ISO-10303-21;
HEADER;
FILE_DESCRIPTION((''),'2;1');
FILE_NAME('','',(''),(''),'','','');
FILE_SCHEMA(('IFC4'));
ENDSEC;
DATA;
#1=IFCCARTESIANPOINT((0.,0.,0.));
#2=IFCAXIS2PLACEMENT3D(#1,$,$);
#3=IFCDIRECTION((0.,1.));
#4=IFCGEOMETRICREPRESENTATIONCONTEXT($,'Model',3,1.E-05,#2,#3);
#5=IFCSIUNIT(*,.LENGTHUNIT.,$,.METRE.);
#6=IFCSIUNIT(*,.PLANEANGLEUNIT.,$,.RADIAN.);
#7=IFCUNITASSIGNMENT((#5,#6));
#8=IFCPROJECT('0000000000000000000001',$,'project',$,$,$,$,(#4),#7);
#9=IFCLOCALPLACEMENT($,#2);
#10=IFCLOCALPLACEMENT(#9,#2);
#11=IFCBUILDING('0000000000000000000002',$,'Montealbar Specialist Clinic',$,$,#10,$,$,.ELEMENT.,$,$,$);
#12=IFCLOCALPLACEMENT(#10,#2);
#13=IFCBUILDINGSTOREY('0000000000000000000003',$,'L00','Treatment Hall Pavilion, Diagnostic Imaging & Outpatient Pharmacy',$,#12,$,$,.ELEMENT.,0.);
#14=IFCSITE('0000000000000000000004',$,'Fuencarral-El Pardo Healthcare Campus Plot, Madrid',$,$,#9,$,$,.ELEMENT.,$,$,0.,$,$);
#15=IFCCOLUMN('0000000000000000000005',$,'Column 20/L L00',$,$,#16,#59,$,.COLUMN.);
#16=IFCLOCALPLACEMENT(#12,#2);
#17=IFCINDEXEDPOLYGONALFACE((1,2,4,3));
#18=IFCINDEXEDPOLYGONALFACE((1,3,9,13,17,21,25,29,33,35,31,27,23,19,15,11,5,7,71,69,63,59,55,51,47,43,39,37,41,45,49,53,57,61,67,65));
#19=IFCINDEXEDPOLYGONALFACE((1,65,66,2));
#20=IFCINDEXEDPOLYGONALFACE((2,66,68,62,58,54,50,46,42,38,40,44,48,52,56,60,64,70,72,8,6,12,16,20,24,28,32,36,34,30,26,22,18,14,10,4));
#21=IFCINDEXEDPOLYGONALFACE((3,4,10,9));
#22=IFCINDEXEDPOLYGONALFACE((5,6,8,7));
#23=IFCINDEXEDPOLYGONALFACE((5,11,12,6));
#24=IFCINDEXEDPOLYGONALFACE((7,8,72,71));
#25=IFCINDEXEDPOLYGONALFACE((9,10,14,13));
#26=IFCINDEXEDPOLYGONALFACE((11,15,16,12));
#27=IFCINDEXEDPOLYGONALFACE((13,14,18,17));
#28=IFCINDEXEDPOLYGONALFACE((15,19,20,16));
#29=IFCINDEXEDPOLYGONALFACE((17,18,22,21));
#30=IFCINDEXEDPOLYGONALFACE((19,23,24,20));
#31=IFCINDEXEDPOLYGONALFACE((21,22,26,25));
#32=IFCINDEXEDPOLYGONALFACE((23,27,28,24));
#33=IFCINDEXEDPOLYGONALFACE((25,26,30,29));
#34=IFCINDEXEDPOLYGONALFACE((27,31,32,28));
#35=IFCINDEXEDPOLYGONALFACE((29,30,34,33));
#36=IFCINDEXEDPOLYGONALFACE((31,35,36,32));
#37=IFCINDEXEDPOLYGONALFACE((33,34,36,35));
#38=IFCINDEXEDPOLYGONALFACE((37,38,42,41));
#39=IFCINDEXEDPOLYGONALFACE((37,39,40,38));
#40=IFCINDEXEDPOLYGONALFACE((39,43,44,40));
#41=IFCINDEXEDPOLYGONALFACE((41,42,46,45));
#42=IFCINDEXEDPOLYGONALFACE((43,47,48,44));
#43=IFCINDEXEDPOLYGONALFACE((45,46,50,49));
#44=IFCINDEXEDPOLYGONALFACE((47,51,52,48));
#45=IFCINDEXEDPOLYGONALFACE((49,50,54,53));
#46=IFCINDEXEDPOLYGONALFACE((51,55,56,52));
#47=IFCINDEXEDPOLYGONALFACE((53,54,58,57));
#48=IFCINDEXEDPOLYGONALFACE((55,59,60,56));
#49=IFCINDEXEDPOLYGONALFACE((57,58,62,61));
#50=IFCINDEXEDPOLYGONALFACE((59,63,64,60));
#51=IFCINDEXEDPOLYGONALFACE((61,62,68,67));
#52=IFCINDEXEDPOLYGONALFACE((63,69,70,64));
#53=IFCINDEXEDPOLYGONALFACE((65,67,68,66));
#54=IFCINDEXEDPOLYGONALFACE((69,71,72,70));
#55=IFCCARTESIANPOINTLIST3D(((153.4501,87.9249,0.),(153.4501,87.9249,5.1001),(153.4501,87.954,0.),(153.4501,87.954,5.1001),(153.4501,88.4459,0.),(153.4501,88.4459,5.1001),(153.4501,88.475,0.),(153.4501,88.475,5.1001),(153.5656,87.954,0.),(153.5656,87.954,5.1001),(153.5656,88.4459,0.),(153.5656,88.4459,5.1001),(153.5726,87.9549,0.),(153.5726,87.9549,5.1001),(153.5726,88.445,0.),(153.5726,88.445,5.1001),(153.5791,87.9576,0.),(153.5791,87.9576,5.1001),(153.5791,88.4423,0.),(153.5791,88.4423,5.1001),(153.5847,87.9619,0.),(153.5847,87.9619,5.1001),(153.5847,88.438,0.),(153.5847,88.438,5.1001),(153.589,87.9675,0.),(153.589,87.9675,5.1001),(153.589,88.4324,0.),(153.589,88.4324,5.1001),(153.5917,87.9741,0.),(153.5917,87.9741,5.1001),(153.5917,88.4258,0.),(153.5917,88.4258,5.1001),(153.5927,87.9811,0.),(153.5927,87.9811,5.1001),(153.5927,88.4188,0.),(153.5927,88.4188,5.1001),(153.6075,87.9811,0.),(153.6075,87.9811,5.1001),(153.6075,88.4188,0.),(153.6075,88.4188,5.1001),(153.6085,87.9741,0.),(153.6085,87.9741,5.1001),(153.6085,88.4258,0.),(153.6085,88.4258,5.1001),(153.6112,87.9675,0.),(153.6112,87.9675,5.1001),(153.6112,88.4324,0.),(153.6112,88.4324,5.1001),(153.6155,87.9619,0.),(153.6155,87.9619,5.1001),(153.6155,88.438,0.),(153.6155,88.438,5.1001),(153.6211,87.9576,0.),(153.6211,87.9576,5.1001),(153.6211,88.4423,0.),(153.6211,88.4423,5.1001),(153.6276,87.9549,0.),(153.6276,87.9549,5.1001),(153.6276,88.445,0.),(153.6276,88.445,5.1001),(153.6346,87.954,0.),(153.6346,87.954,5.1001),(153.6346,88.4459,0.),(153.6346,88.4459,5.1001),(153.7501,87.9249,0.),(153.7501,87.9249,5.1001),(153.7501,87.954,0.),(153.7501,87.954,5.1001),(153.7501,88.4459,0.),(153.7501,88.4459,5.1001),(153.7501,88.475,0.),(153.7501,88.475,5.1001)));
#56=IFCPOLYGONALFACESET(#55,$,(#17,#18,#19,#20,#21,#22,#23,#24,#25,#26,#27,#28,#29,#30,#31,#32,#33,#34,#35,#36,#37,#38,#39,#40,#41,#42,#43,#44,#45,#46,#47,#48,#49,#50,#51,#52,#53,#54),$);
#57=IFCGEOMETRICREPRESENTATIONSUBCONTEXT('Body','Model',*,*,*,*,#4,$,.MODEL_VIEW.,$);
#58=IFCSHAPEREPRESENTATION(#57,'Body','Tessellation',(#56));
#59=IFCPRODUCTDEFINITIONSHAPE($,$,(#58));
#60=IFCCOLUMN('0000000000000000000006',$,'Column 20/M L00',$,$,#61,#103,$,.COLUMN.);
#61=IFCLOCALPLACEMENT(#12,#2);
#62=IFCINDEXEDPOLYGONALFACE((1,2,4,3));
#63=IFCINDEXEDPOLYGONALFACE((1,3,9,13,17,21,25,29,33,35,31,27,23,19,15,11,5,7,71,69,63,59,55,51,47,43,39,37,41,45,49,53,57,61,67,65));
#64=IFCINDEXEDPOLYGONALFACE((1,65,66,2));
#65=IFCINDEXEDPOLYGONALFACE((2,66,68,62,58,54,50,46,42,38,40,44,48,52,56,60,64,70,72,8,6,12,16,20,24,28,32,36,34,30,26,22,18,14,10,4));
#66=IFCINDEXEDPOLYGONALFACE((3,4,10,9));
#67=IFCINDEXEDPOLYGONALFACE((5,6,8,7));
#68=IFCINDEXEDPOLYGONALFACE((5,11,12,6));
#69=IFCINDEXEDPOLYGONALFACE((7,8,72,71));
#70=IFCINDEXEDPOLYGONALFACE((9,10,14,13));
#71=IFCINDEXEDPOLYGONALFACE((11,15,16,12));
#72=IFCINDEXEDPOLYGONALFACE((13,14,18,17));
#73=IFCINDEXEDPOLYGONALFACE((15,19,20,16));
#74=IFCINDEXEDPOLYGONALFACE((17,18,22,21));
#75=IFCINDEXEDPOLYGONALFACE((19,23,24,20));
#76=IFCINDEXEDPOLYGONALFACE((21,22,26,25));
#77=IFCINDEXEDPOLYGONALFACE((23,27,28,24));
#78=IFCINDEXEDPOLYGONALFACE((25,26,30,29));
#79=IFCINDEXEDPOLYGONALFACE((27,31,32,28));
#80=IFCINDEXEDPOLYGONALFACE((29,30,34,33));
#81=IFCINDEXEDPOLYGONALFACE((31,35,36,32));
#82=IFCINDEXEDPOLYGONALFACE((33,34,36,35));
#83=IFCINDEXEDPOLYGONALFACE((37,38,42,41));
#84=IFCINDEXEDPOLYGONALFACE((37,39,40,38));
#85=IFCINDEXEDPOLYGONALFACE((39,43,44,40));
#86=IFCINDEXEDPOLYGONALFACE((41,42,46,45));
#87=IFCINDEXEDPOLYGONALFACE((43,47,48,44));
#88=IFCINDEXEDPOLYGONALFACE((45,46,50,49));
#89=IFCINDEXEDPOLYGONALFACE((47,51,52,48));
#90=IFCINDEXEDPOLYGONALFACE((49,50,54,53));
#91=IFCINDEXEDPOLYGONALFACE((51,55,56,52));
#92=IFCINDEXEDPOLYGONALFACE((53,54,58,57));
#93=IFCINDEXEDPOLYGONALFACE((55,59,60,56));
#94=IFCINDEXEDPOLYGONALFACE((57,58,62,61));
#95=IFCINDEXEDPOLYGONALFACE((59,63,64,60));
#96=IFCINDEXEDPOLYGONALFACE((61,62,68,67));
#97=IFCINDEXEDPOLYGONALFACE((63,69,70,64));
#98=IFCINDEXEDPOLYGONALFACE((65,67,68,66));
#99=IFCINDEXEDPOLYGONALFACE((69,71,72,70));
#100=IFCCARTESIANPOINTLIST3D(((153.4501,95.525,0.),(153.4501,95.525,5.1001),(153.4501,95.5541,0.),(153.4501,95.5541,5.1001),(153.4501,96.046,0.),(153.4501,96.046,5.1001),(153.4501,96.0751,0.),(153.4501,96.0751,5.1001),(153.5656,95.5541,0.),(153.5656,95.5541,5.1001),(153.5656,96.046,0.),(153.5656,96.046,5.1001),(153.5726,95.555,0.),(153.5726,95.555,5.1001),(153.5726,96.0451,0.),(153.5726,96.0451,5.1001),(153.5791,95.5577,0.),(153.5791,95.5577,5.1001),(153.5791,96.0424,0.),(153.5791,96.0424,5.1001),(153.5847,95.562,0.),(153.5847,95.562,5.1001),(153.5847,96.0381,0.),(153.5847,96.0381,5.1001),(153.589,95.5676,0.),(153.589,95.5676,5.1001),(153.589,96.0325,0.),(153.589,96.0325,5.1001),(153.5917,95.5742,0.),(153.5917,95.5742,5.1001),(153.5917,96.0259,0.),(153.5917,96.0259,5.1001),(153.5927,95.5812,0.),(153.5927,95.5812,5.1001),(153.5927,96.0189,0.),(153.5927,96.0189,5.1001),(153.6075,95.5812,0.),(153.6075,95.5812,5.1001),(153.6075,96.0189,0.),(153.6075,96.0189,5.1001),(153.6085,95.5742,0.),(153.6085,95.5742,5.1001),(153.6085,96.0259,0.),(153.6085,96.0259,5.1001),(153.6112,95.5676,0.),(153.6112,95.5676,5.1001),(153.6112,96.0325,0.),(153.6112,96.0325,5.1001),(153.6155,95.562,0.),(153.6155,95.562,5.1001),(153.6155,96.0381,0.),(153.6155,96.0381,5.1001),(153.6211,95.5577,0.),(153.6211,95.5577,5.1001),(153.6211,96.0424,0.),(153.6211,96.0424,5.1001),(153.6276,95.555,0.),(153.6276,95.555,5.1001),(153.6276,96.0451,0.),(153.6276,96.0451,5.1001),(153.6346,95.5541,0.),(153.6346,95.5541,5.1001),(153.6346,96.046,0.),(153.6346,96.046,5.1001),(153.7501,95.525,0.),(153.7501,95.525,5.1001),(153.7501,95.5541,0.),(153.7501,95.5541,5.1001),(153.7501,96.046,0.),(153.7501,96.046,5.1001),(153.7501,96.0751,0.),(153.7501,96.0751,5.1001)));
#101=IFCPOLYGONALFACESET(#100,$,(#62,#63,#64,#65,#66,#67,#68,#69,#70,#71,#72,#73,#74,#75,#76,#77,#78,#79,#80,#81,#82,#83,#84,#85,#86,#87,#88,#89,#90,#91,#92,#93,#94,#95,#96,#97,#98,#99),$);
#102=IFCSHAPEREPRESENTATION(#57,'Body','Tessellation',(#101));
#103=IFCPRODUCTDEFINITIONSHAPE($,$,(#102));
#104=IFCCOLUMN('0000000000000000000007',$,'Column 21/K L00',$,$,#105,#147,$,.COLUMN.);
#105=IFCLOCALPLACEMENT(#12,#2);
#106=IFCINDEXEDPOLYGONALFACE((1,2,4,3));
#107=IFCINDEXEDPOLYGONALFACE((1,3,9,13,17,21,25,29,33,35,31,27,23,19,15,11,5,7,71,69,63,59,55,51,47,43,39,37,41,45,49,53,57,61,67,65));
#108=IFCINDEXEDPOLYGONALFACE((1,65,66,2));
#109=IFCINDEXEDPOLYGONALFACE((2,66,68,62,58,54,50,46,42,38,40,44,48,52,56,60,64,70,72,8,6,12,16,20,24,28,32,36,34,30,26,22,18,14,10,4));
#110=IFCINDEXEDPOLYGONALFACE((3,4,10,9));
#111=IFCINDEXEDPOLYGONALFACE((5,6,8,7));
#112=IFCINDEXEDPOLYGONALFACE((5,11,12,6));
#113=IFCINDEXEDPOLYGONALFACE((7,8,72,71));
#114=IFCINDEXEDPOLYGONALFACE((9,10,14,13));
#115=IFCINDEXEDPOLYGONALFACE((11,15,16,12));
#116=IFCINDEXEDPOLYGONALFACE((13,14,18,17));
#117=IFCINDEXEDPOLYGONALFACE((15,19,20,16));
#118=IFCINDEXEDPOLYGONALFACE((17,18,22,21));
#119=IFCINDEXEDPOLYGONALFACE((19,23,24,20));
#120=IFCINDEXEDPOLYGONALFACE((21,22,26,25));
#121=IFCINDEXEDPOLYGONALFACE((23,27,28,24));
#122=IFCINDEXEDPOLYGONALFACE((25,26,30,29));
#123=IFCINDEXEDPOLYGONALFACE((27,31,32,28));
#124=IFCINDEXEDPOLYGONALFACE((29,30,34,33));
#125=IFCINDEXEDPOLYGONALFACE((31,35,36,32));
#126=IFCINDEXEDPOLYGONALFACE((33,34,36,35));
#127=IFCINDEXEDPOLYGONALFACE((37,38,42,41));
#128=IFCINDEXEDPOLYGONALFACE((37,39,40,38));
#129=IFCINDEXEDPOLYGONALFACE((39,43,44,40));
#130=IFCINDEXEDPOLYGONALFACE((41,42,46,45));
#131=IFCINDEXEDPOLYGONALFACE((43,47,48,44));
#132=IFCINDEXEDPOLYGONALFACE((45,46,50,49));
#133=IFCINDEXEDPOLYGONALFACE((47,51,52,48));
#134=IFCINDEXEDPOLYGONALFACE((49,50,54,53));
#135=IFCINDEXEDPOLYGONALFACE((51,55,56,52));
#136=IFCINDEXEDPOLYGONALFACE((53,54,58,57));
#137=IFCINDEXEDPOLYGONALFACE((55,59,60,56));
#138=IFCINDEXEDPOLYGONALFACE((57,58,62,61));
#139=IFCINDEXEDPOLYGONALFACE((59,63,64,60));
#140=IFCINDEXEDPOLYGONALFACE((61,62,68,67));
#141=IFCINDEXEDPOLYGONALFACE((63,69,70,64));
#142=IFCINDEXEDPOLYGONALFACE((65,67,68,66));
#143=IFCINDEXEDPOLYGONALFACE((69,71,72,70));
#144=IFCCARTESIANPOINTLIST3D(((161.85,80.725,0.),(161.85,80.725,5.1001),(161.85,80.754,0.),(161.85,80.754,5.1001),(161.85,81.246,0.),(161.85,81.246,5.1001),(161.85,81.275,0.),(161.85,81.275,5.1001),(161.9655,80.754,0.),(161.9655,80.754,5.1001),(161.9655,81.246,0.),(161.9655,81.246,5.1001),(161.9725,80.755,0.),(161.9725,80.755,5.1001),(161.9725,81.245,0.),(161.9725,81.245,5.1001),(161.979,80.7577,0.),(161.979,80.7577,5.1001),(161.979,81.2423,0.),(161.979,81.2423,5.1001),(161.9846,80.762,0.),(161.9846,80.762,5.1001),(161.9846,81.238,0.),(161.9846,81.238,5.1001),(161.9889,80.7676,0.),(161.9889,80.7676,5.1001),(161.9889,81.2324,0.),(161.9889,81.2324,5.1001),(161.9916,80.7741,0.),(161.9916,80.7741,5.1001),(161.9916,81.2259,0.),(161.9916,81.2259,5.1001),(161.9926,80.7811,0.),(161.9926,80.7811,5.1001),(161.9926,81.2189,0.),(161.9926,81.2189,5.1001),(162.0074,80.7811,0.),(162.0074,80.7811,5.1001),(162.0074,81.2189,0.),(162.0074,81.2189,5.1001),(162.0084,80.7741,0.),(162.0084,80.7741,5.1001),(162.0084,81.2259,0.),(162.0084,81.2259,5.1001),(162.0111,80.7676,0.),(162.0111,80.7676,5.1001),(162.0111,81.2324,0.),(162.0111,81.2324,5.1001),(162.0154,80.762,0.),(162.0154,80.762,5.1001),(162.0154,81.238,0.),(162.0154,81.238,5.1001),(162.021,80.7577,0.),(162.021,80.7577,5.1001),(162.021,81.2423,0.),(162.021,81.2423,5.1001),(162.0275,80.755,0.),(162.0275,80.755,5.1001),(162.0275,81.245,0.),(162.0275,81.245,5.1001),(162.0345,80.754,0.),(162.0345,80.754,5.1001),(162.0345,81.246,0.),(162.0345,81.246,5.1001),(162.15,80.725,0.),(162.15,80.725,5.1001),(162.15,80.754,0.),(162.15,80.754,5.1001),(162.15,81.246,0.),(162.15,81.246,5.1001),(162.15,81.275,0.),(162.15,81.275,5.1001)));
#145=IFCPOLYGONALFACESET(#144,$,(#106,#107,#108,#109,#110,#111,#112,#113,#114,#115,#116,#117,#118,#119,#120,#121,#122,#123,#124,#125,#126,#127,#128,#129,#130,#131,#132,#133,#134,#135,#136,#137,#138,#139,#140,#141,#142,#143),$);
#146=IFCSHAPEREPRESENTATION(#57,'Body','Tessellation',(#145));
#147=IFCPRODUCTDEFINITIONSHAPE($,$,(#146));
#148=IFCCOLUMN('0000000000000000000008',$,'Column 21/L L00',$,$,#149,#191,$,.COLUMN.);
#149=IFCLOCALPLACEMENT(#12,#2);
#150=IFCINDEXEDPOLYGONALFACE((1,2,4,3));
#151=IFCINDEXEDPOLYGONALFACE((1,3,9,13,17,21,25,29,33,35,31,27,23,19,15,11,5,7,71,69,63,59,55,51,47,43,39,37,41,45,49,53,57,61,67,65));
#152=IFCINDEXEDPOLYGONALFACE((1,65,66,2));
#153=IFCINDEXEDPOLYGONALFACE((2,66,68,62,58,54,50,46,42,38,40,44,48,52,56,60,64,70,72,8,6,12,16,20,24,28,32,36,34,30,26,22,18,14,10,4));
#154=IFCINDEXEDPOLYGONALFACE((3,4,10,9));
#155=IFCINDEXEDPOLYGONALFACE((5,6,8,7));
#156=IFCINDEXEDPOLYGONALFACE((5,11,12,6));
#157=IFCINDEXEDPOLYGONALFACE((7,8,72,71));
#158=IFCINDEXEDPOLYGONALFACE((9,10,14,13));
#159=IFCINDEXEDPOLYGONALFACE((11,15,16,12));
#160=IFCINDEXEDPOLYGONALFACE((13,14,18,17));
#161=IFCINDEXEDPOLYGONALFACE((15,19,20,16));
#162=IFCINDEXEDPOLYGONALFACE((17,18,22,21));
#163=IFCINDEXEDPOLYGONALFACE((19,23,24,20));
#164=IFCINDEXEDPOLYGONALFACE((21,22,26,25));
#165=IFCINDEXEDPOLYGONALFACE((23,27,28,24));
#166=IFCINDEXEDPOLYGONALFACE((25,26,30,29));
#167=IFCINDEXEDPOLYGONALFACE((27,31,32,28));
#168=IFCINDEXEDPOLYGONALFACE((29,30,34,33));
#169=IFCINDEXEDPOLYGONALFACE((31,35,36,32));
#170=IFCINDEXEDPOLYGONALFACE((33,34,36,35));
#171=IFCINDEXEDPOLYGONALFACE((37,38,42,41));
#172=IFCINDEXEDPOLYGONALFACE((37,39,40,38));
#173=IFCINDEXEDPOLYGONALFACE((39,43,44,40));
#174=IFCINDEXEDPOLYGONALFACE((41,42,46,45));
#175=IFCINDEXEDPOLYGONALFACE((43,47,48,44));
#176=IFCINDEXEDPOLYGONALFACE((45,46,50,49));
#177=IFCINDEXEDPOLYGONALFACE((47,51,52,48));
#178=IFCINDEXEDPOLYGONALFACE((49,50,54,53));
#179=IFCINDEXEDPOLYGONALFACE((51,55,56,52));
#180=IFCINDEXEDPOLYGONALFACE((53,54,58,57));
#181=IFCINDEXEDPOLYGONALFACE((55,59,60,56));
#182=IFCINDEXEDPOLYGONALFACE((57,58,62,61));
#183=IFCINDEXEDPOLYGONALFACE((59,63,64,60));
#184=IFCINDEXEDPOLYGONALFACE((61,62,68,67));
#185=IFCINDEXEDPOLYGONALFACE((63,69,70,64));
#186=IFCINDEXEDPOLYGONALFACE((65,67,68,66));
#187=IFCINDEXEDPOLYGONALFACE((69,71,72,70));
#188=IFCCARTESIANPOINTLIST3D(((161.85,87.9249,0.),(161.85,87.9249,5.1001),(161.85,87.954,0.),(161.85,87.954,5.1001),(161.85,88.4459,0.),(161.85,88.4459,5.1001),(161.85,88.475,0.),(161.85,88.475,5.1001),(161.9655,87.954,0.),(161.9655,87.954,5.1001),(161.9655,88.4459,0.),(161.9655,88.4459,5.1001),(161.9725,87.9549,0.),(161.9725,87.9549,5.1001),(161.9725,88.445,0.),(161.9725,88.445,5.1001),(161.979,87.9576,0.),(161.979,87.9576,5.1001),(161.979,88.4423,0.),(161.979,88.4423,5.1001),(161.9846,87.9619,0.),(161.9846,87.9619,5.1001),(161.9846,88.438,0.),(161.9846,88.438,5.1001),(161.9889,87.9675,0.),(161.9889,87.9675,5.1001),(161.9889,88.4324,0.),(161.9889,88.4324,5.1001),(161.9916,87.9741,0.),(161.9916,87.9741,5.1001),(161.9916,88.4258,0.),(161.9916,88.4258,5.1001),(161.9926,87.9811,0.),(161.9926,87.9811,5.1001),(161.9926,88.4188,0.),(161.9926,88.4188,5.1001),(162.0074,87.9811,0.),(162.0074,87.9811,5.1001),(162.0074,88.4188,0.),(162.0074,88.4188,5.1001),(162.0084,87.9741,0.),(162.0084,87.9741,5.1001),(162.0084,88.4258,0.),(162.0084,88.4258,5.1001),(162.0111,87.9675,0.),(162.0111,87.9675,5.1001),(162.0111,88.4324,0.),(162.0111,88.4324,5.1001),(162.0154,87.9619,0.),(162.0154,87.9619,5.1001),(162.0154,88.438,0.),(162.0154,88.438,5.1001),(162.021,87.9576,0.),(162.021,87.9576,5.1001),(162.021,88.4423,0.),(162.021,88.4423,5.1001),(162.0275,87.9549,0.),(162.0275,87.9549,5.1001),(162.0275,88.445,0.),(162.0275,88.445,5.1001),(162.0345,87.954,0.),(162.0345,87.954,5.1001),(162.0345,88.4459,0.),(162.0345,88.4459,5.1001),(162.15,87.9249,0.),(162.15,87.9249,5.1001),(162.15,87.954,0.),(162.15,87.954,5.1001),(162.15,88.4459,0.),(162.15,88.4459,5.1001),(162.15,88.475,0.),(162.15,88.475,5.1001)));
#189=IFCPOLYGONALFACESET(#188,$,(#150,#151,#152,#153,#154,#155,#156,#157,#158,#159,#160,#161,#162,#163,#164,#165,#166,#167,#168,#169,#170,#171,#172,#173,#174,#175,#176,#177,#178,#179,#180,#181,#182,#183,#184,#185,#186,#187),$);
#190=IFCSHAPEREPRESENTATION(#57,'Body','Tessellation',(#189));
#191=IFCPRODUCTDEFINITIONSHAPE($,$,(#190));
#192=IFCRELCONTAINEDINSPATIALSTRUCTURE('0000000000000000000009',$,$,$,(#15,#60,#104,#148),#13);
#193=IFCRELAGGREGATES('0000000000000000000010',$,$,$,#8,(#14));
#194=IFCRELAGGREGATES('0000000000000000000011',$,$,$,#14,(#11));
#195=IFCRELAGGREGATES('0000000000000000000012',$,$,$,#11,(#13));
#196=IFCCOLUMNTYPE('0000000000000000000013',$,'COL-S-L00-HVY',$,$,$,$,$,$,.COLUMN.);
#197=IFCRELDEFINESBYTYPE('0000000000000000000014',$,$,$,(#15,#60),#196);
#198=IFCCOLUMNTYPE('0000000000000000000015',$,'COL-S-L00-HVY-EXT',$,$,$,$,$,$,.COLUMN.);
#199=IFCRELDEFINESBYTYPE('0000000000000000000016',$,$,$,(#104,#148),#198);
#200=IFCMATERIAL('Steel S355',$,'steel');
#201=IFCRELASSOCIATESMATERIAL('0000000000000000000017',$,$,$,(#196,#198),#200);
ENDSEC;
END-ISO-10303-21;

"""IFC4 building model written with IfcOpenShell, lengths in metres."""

from ifc_helpers import new_model, si_unit, direction, frame, origin, origin_2d, place, context, subcontext, project, spatial, i_section, extrude, material, material_profile, profile_set, type_object, element, save


model = new_model("IFC4")

# Units and contexts
model_context = context("Model", 3, precision=1e-05, world=origin(), true_north=direction((0.0, 1.0)))
body_context = subcontext(model_context, "Body", "Model", "MODEL_VIEW")
ifc_project = project(units=[si_unit("LENGTHUNIT", "METRE"), si_unit("PLANEANGLEUNIT", "RADIAN")], contexts=[model_context])

# Site, building, storey
site_placement = place(None, origin())
site = spatial("IfcSite", under=ifc_project, at=site_placement, Name="Fuencarral-El Pardo Healthcare Campus Plot, Madrid", CompositionType="ELEMENT", RefElevation=0.0)
building_placement = place(site_placement, origin())
building = spatial("IfcBuilding", under=site, at=building_placement, Name="Montealbar Specialist Clinic", CompositionType="ELEMENT")
storey_placement = place(building_placement, origin())
storey = spatial("IfcBuildingStorey", under=building, at=storey_placement, Name="L00", Description="Treatment Hall Pavilion, Diagnostic Imaging & Outpatient Pharmacy", CompositionType="ELEMENT", Elevation=0.0)

# Columns
ifc_material_1 = material(Name="Steel S355", Category="steel")
ifc_material_profile_1 = material_profile(ifc_material_1, i_section(OverallWidth=0.3, OverallDepth=0.55, WebThickness=0.0149, FlangeThickness=0.0291, FilletRadius=0.0271, at=origin_2d()), Name="HEB 550", Category="steel")
ifc_profile_set_1 = profile_set([ifc_material_profile_1], Name="Steel S355")
column_type_1 = type_object("IfcColumnType", Name="COL-S-L00-HVY", PredefinedType="COLUMN", material=ifc_profile_set_1)
for number, where, z_axis, x_axis, name in (
    (1, (153.6001, 88.2, 0.0), (0.0, 0.0, 1.0), (1.0, 0.0, 0.0), "Column 20/L L00"),
    (2, (153.6001, 95.8, 0.0), (0.0, 0.0, 1.0), (1.0, 0.0, 0.0), "Column 20/M L00"),
):
    element("IfcColumn", number, at=place(storey_placement, frame(where, z_axis=z_axis, x_axis=x_axis)), inside=storey, type_object=column_type_1, Name=name, PredefinedType="COLUMN", context=body_context, shape_type="SweptSolid", body=[
        extrude(i_section(OverallWidth=0.3, OverallDepth=0.55, WebThickness=0.0149, FlangeThickness=0.0291, FilletRadius=0.0271, at=origin_2d()), origin(), (0.0, 0.0, 1.0), 5.1001),
    ])
ifc_material_profile_2 = material_profile(ifc_material_1, i_section(OverallWidth=0.3, OverallDepth=0.55, WebThickness=0.0149, FlangeThickness=0.0291, FilletRadius=0.0271, at=origin_2d()), Name="HEB 550", Category="steel")
ifc_profile_set_2 = profile_set([ifc_material_profile_2], Name="Steel S355")
column_type_2 = type_object("IfcColumnType", Name="COL-S-L00-HVY-EXT", PredefinedType="COLUMN", material=ifc_profile_set_2)
for number, where, z_axis, x_axis, name in (
    (3, (162.0, 81.0, 0.0), (0.0, 0.0, 1.0), (1.0, 0.0, 0.0), "Column 21/K L00"),
    (4, (162.0, 88.2, 0.0), (0.0, 0.0, 1.0), (1.0, 0.0, 0.0), "Column 21/L L00"),
):
    element("IfcColumn", number, at=place(storey_placement, frame(where, z_axis=z_axis, x_axis=x_axis)), inside=storey, type_object=column_type_2, Name=name, PredefinedType="COLUMN", context=body_context, shape_type="SweptSolid", body=[
        extrude(i_section(OverallWidth=0.3, OverallDepth=0.55, WebThickness=0.0149, FlangeThickness=0.0291, FilletRadius=0.0271, at=origin_2d()), origin(), (0.0, 0.0, 1.0), 5.1001),
    ])

save(model, "model.ifc")
